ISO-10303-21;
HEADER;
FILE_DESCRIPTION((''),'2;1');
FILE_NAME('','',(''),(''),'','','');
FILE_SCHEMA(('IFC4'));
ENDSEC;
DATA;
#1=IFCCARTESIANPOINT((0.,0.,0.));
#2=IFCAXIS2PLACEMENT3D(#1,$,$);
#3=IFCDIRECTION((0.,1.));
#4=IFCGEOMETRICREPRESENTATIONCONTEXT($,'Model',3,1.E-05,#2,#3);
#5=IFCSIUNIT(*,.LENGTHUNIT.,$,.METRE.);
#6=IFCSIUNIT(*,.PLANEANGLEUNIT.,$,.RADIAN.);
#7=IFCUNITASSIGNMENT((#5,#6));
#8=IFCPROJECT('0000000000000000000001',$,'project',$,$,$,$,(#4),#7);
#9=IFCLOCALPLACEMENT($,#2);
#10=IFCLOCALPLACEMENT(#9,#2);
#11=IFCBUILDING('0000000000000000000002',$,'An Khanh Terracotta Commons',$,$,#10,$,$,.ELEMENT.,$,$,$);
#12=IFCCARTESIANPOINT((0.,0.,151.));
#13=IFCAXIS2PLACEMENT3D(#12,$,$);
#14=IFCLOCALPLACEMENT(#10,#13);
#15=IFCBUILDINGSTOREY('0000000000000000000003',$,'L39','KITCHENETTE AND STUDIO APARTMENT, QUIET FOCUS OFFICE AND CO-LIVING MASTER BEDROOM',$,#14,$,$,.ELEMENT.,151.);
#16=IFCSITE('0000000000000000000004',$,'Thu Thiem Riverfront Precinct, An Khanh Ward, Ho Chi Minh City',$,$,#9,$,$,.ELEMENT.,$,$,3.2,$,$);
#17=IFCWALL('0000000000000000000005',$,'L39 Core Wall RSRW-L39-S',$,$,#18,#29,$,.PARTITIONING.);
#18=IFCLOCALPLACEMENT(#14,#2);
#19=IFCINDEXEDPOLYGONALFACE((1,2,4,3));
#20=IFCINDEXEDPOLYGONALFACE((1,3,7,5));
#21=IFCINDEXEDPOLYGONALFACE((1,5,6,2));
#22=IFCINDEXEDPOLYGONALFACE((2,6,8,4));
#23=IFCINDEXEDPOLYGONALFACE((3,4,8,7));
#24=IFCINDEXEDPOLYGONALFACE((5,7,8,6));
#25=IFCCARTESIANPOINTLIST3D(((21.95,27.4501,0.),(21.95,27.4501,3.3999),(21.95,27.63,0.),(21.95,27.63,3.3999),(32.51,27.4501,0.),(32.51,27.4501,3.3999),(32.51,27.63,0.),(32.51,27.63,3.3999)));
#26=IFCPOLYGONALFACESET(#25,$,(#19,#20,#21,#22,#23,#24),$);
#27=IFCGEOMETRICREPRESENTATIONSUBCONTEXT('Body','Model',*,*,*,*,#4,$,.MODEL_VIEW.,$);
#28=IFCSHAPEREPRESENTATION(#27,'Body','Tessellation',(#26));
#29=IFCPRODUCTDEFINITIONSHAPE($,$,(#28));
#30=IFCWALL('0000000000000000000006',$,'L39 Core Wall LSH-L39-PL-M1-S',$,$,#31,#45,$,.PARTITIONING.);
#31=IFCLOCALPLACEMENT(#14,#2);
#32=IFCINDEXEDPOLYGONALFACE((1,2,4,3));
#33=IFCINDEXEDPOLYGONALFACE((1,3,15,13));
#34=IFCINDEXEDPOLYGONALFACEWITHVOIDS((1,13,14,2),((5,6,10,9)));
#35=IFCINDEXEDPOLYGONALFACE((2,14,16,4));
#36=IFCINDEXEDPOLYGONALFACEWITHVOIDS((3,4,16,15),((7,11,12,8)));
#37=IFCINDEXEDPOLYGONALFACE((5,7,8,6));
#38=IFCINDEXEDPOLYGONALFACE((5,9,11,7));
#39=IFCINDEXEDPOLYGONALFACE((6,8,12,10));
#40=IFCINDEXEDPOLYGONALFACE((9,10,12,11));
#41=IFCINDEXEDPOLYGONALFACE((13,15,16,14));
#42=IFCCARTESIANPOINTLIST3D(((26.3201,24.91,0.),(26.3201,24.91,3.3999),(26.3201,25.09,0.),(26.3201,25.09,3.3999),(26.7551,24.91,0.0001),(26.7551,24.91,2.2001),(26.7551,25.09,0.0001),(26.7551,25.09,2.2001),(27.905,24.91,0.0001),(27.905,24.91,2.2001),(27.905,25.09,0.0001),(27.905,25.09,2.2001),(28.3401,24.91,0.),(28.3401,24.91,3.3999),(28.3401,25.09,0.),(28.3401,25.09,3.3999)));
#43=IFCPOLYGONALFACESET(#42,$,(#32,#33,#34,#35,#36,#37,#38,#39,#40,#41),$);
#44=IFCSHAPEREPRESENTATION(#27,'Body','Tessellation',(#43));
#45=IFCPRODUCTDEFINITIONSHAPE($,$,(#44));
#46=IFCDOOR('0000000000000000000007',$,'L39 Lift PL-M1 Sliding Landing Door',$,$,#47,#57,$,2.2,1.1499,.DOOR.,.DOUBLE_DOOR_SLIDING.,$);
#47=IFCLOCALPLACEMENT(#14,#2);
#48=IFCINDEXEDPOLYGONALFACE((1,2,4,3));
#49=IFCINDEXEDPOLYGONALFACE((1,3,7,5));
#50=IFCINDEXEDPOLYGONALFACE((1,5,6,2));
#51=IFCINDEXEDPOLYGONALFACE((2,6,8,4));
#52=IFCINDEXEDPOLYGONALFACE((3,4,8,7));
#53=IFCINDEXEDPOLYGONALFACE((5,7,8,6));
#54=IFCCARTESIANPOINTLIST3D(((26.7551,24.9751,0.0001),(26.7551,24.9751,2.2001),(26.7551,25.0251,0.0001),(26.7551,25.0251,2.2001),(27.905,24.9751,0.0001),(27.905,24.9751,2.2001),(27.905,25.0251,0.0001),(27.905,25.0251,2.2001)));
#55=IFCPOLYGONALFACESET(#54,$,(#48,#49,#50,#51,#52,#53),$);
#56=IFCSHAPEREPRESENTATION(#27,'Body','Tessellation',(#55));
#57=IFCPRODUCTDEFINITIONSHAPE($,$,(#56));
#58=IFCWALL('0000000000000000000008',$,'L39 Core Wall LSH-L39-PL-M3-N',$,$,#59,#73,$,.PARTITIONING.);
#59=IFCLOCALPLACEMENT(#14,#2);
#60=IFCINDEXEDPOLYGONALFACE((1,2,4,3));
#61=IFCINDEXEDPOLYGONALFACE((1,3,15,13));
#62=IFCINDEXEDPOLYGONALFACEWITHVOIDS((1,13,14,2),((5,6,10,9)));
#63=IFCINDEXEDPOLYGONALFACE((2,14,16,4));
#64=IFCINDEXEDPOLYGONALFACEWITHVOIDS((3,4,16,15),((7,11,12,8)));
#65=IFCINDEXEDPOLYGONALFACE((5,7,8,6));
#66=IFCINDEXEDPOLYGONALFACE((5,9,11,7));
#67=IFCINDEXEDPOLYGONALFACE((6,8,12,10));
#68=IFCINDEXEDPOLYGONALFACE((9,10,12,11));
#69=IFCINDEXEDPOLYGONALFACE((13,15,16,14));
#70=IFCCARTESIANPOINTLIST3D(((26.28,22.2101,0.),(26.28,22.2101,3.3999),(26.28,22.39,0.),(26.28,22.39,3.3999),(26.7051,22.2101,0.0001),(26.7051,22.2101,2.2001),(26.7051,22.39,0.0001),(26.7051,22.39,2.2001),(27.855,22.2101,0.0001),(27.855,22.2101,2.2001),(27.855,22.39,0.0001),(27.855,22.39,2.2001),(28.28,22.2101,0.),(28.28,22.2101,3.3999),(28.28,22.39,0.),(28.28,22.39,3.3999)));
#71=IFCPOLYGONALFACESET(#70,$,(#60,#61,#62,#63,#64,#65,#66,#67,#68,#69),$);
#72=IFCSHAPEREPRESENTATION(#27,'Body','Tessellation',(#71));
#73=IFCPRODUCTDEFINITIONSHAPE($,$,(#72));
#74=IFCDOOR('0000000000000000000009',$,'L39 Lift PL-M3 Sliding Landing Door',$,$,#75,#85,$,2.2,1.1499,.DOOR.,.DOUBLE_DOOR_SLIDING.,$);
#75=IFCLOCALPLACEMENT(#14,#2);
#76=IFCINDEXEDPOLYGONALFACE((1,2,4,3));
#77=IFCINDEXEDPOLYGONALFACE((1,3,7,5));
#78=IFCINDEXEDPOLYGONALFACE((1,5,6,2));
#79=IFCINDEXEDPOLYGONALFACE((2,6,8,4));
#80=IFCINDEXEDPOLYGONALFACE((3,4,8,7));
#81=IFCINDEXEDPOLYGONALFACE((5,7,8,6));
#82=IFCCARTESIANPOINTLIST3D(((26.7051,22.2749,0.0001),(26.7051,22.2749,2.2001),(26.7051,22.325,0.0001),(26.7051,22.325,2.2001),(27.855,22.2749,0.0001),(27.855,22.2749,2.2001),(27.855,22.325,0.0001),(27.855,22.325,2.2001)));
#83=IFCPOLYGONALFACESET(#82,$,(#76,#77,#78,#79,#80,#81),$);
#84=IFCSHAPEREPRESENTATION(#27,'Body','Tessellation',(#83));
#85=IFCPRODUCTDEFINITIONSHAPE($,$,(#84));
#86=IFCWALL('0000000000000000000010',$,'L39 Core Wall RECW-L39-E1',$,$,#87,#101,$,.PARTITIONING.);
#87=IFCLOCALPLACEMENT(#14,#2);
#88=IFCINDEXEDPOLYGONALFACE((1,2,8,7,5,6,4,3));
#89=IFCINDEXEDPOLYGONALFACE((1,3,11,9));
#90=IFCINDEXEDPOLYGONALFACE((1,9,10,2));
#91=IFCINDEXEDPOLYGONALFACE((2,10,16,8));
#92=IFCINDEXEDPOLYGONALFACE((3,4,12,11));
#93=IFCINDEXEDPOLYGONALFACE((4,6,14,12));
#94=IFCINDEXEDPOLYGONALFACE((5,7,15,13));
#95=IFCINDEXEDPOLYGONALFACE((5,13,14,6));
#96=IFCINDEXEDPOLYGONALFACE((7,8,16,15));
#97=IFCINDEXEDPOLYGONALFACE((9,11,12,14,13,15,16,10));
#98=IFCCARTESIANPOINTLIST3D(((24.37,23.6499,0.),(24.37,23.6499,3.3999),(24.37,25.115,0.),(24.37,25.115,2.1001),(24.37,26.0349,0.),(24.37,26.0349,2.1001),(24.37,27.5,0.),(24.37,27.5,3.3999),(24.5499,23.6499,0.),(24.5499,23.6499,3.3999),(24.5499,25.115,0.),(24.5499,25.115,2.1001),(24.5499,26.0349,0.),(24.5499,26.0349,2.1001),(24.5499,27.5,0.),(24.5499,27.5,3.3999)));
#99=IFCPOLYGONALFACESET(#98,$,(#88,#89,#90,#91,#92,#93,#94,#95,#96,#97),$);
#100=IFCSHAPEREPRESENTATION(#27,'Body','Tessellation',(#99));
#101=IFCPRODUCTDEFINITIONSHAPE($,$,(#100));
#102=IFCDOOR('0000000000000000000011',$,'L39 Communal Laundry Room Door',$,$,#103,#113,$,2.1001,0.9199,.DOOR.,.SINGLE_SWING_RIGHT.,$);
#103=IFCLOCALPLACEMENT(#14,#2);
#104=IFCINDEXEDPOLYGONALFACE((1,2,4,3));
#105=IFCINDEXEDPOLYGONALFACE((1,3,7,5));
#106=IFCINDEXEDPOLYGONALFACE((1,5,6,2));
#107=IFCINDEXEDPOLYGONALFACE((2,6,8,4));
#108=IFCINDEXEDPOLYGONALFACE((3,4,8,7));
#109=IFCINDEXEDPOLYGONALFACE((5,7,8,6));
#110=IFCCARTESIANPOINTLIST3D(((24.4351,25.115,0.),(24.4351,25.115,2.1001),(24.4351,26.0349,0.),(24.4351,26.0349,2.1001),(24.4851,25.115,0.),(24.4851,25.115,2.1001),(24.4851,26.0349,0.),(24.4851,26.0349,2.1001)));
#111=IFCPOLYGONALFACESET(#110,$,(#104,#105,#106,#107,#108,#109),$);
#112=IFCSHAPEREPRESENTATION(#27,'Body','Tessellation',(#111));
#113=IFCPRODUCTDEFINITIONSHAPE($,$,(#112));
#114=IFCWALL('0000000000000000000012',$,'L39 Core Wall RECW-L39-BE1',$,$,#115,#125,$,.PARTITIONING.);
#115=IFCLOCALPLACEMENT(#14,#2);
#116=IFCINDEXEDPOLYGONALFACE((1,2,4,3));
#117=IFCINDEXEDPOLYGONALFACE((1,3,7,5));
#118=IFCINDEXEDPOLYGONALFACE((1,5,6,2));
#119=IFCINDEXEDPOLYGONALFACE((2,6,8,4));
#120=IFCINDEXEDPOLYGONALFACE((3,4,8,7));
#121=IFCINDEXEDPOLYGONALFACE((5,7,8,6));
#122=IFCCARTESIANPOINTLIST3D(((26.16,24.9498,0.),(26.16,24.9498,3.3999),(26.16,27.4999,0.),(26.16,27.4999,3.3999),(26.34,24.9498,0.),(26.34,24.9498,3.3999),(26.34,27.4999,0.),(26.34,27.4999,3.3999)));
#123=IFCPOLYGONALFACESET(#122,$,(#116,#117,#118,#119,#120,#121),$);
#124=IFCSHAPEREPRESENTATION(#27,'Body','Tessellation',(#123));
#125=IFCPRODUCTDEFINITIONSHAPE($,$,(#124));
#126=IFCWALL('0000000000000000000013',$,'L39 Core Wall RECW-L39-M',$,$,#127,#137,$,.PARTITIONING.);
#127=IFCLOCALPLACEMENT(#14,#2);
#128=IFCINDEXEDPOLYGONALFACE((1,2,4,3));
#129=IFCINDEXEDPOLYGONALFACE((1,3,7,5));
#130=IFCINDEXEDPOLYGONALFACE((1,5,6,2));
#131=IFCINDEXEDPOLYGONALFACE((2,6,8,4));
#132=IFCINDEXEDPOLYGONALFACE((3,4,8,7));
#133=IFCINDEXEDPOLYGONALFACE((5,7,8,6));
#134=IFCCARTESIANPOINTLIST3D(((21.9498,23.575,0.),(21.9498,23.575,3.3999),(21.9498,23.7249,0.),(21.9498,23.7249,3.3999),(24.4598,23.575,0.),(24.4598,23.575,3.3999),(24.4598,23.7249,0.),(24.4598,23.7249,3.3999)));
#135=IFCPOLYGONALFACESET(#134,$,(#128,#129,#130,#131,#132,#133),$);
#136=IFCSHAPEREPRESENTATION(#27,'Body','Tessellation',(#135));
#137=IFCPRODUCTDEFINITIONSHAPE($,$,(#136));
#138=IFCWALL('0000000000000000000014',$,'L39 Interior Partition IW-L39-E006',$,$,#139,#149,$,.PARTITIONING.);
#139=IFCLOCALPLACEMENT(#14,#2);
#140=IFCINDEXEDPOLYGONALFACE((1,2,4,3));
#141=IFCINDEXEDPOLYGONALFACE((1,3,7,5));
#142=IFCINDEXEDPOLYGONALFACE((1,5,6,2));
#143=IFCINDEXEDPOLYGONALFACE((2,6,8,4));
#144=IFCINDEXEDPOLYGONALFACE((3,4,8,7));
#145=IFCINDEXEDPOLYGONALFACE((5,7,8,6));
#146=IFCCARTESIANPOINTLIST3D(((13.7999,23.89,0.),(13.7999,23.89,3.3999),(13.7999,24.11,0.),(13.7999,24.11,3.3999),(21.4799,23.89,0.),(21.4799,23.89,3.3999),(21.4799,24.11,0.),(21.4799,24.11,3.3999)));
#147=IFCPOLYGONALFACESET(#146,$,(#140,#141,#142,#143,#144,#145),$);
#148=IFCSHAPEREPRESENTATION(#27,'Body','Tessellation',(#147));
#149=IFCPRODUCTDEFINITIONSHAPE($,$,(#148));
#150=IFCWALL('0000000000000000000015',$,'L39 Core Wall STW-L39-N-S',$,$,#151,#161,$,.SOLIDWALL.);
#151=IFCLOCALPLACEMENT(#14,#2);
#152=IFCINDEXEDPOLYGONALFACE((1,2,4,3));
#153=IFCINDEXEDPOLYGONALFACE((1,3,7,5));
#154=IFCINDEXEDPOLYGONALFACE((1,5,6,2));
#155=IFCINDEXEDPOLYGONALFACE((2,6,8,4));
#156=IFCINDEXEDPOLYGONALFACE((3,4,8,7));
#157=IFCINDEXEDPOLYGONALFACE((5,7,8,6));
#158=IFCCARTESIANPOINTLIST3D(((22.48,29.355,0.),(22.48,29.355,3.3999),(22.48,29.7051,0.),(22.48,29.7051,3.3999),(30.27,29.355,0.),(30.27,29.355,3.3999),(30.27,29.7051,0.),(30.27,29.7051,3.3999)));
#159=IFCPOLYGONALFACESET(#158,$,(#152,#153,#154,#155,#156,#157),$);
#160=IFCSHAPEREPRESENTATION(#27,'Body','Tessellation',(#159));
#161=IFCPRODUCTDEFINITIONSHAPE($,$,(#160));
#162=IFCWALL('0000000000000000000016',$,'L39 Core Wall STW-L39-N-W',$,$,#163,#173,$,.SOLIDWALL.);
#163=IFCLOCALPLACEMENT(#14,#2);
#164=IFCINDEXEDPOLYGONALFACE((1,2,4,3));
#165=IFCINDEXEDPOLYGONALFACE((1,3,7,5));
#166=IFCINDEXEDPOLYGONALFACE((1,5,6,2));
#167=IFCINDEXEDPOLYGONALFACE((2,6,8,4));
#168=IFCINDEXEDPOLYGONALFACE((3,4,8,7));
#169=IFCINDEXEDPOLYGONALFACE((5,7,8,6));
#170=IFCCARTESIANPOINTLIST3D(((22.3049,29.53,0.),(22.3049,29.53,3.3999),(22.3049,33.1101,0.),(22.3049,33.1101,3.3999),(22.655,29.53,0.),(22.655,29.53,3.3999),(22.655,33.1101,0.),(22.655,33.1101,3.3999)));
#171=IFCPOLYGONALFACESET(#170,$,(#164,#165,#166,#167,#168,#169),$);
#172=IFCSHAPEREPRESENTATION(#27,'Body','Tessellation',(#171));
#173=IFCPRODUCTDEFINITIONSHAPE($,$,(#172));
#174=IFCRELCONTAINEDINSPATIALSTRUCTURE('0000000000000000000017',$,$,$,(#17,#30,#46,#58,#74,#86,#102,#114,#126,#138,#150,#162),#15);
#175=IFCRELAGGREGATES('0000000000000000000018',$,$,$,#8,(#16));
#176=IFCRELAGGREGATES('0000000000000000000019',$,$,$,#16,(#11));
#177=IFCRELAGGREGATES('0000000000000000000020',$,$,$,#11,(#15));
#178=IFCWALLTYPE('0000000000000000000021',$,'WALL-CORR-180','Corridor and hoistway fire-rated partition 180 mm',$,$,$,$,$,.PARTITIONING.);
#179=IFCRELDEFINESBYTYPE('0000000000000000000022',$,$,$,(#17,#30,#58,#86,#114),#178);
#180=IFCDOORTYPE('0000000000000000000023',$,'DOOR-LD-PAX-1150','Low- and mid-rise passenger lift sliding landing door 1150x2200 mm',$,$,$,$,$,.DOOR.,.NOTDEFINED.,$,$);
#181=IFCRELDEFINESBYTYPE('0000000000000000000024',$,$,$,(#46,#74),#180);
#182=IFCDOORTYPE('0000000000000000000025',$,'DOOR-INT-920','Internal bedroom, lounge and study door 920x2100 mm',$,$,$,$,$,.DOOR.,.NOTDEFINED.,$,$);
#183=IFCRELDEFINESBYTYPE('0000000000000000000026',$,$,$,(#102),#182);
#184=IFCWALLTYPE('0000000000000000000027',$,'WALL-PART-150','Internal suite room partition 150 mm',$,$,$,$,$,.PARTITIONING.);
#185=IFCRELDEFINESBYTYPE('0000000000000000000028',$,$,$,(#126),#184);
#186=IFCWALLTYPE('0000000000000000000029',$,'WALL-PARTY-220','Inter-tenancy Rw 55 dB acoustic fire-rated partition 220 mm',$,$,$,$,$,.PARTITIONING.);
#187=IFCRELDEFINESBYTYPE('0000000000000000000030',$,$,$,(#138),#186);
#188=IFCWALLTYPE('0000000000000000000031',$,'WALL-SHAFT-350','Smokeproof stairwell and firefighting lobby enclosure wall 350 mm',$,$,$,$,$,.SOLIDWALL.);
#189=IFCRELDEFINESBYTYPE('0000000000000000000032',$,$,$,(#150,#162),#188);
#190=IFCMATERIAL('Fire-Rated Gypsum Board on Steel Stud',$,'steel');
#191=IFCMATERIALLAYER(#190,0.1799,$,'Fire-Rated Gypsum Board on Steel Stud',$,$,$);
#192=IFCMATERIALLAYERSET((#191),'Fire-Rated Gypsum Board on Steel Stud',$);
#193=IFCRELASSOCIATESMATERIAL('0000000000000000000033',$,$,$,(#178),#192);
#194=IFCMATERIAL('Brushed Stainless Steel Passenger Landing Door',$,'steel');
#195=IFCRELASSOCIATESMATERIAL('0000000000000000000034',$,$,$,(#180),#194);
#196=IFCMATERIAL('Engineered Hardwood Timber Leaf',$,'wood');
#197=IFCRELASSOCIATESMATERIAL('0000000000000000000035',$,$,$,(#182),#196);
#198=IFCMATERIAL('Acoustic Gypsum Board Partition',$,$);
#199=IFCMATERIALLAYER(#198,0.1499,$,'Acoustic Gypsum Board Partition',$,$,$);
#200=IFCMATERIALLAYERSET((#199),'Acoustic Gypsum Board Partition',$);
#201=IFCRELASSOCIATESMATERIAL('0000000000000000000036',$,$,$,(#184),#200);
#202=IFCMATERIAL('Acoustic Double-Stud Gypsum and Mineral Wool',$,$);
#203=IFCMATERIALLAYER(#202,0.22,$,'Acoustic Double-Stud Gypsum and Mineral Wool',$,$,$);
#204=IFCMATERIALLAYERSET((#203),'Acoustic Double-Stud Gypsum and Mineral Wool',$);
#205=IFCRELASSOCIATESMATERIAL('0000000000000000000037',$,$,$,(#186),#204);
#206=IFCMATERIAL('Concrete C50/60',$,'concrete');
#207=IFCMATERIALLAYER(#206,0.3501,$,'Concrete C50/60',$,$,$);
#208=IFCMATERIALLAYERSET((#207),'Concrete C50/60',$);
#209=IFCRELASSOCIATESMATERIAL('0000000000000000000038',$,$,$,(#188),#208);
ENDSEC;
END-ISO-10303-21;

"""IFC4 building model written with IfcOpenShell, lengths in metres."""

from ifc_helpers import new_model, si_unit, direction, frame, frame_2d, origin, place, context, subcontext, project, spatial, rectangle, extrude, material, layer, layer_set, type_object, element, fill, save


model = new_model("IFC4")

# Units and contexts
model_context = context("Model", 3, precision=1e-05, world=origin(), true_north=direction((0.0, 1.0)))
body_context = subcontext(model_context, "Body", "Model", "MODEL_VIEW")
ifc_project = project(units=[si_unit("LENGTHUNIT", "METRE"), si_unit("PLANEANGLEUNIT", "RADIAN")], contexts=[model_context])

# Site, building, storey
site_placement = place(None, origin())
site = spatial("IfcSite", under=ifc_project, at=site_placement, Name="Thu Thiem Riverfront Precinct, An Khanh Ward, Ho Chi Minh City", CompositionType="ELEMENT", RefElevation=3.2)
building_placement = place(site_placement, origin())
building = spatial("IfcBuilding", under=site, at=building_placement, Name="An Khanh Terracotta Commons", CompositionType="ELEMENT")
storey_placement = place(building_placement, frame((0.0, 0.0, 151.0)))
storey = spatial("IfcBuildingStorey", under=building, at=storey_placement, Name="L39", Description="KITCHENETTE AND STUDIO APARTMENT, QUIET FOCUS OFFICE AND CO-LIVING MASTER BEDROOM", CompositionType="ELEMENT", Elevation=151.0)

# Wall
ifc_material_1 = material(Name="Fire-Rated Gypsum Board on Steel Stud", Category="steel")
ifc_layer_1 = layer(ifc_material_1, 0.1799, Name="Fire-Rated Gypsum Board on Steel Stud")
ifc_layer_set_1 = layer_set([ifc_layer_1], Name="Fire-Rated Gypsum Board on Steel Stud")
wall_type_1 = type_object("IfcWallType", Name="WALL-CORR-180", Description="Corridor and hoistway fire-rated partition 180 mm", PredefinedType="PARTITIONING", material=ifc_layer_set_1)
wall_1_placement = place(storey_placement, frame((21.95, 27.54, 0.0), z_axis=(0.0, 0.0, 1.0), x_axis=(1.0, 0.0, 0.0)))
element("IfcWall", 1, at=wall_1_placement, inside=storey, type_object=wall_type_1, Name="L39 Core Wall RSRW-L39-S", PredefinedType="PARTITIONING", context=body_context, shape_type="SweptSolid", body=[
    extrude(rectangle(XDim=10.5601, YDim=0.1799, at=frame_2d((5.28, 0.0))), origin(), (0.0, 0.0, 1.0), 3.3999),
])

# Walls, openings, doors
wall_2_placement = place(storey_placement, frame((28.3401, 25.0, 0.0), z_axis=(0.0, 0.0, 1.0), x_axis=(-1.0, 0.0, 0.0)))
wall_2 = element("IfcWall", 2, at=wall_2_placement, inside=storey, type_object=wall_type_1, Name="L39 Core Wall LSH-L39-PL-M1-S", PredefinedType="PARTITIONING", context=body_context, shape_type="SweptSolid", body=[
    extrude(rectangle(XDim=2.02, YDim=0.1799, at=frame_2d((1.01, 0.0))), origin(), (0.0, 0.0, 1.0), 3.3999),
])
opening_1_placement = place(wall_2_placement, frame((0.4351, 0.0, 0.0)))
opening_1 = element("IfcOpeningElement", 3, at=opening_1_placement, cuts=wall_2, PredefinedType="OPENING", context=body_context, shape_type="SweptSolid", body=[
    extrude(rectangle(XDim=1.1499, YDim=2.2, at=frame_2d((0.575, 1.1001))), frame((0.0, 0.0999, 0.0), z_axis=(0.0, -1.0, 0.0), x_axis=(1.0, 0.0, 0.0)), (0.0, 0.0, 1.0), 0.2),
])
ifc_material_2 = material(Name="Brushed Stainless Steel Passenger Landing Door", Category="steel")
door_type_1 = type_object("IfcDoorType", Name="DOOR-LD-PAX-1150", Description="Low- and mid-rise passenger lift sliding landing door 1150x2200 mm", OperationType="NOTDEFINED", PredefinedType="DOOR", material=ifc_material_2)
door_1_placement = place(opening_1_placement, origin())
door_1 = element("IfcDoor", 4, at=door_1_placement, inside=storey, type_object=door_type_1, Name="L39 Lift PL-M1 Sliding Landing Door", OperationType="DOUBLE_DOOR_SLIDING", OverallHeight=2.2, OverallWidth=1.1499, PredefinedType="DOOR", context=body_context, shape_type="SweptSolid", body=[
    extrude(rectangle(XDim=1.1499, YDim=2.2, at=frame_2d((0.575, 1.1001))), frame((0.0, 0.0249, 0.0), z_axis=(0.0, -1.0, 0.0), x_axis=(1.0, 0.0, 0.0)), (0.0, 0.0, 1.0), 0.05),
])
fill(opening_1, door_1)
wall_3_placement = place(storey_placement, frame((26.28, 22.3, 0.0), z_axis=(0.0, 0.0, 1.0), x_axis=(1.0, 0.0, 0.0)))
wall_3 = element("IfcWall", 5, at=wall_3_placement, inside=storey, type_object=wall_type_1, Name="L39 Core Wall LSH-L39-PL-M3-N", PredefinedType="PARTITIONING", context=body_context, shape_type="SweptSolid", body=[
    extrude(rectangle(XDim=2.0, YDim=0.1799, at=frame_2d((1.0, 0.0))), origin(), (0.0, 0.0, 1.0), 3.3999),
])
opening_2_placement = place(wall_3_placement, frame((0.425, 0.0, 0.0)))
opening_2 = element("IfcOpeningElement", 6, at=opening_2_placement, cuts=wall_3, PredefinedType="OPENING", context=body_context, shape_type="SweptSolid", body=[
    extrude(rectangle(XDim=1.1499, YDim=2.2, at=frame_2d((0.575, 1.1001))), frame((0.0, 0.0999, 0.0), z_axis=(0.0, -1.0, 0.0), x_axis=(1.0, 0.0, 0.0)), (0.0, 0.0, 1.0), 0.2),
])
door_2_placement = place(opening_2_placement, origin())
door_2 = element("IfcDoor", 7, at=door_2_placement, inside=storey, type_object=door_type_1, Name="L39 Lift PL-M3 Sliding Landing Door", OperationType="DOUBLE_DOOR_SLIDING", OverallHeight=2.2, OverallWidth=1.1499, PredefinedType="DOOR", context=body_context, shape_type="SweptSolid", body=[
    extrude(rectangle(XDim=1.1499, YDim=2.2, at=frame_2d((0.575, 1.1001))), frame((0.0, 0.0249, 0.0), z_axis=(0.0, -1.0, 0.0), x_axis=(1.0, 0.0, 0.0)), (0.0, 0.0, 1.0), 0.05),
])
fill(opening_2, door_2)
wall_4_placement = place(storey_placement, frame((24.46, 23.6499, 0.0), z_axis=(0.0, 0.0, 1.0), x_axis=(0.0, 1.0, 0.0)))
wall_4 = element("IfcWall", 8, at=wall_4_placement, inside=storey, type_object=wall_type_1, Name="L39 Core Wall RECW-L39-E1", PredefinedType="PARTITIONING", context=body_context, shape_type="SweptSolid", body=[
    extrude(rectangle(XDim=3.8501, YDim=0.1799, at=frame_2d((1.925, 0.0))), origin(), (0.0, 0.0, 1.0), 3.3999),
])
opening_3_placement = place(wall_4_placement, frame((1.4651, 0.0, 0.0)))
opening_3 = element("IfcOpeningElement", 9, at=opening_3_placement, cuts=wall_4, PredefinedType="OPENING", context=body_context, shape_type="SweptSolid", body=[
    extrude(rectangle(XDim=0.9199, YDim=2.1001, at=frame_2d((0.46, 1.05))), frame((0.0, 0.0999, 0.0), z_axis=(0.0, -1.0, 0.0), x_axis=(1.0, 0.0, 0.0)), (0.0, 0.0, 1.0), 0.2),
])
ifc_material_3 = material(Name="Engineered Hardwood Timber Leaf", Category="wood")
door_type_2 = type_object("IfcDoorType", Name="DOOR-INT-920", Description="Internal bedroom, lounge and study door 920x2100 mm", OperationType="NOTDEFINED", PredefinedType="DOOR", material=ifc_material_3)
door_3_placement = place(opening_3_placement, origin())
door_3 = element("IfcDoor", 10, at=door_3_placement, inside=storey, type_object=door_type_2, Name="L39 Communal Laundry Room Door", OperationType="SINGLE_SWING_RIGHT", OverallHeight=2.1001, OverallWidth=0.9199, PredefinedType="DOOR", context=body_context, shape_type="SweptSolid", body=[
    extrude(rectangle(XDim=0.9199, YDim=2.1001, at=frame_2d((0.46, 1.05))), frame((0.0, 0.0249, 0.0), z_axis=(0.0, -1.0, 0.0), x_axis=(1.0, 0.0, 0.0)), (0.0, 0.0, 1.0), 0.05),
])
fill(opening_3, door_3)

# Walls
wall_5_placement = place(storey_placement, frame((26.25, 24.95, 0.0), z_axis=(0.0, 0.0, 1.0), x_axis=(0.0, 1.0, 0.0)))
element("IfcWall", 11, at=wall_5_placement, inside=storey, type_object=wall_type_1, Name="L39 Core Wall RECW-L39-BE1", PredefinedType="PARTITIONING", context=body_context, shape_type="SweptSolid", body=[
    extrude(rectangle(XDim=2.55, YDim=0.1799, at=frame_2d((1.2749, 0.0))), origin(), (0.0, 0.0, 1.0), 3.3999),
])
ifc_material_4 = material(Name="Acoustic Gypsum Board Partition")
ifc_layer_2 = layer(ifc_material_4, 0.1499, Name="Acoustic Gypsum Board Partition")
ifc_layer_set_2 = layer_set([ifc_layer_2], Name="Acoustic Gypsum Board Partition")
wall_type_2 = type_object("IfcWallType", Name="WALL-PART-150", Description="Internal suite room partition 150 mm", PredefinedType="PARTITIONING", material=ifc_layer_set_2)
wall_6_placement = place(storey_placement, frame((21.95, 23.6499, 0.0), z_axis=(0.0, 0.0, 1.0), x_axis=(1.0, 0.0, 0.0)))
element("IfcWall", 12, at=wall_6_placement, inside=storey, type_object=wall_type_2, Name="L39 Core Wall RECW-L39-M", PredefinedType="PARTITIONING", context=body_context, shape_type="SweptSolid", body=[
    extrude(rectangle(XDim=2.51, YDim=0.1499, at=frame_2d((1.2549, 0.0))), origin(), (0.0, 0.0, 1.0), 3.3999),
])
ifc_material_5 = material(Name="Acoustic Double-Stud Gypsum and Mineral Wool")
ifc_layer_3 = layer(ifc_material_5, 0.22, Name="Acoustic Double-Stud Gypsum and Mineral Wool")
ifc_layer_set_3 = layer_set([ifc_layer_3], Name="Acoustic Double-Stud Gypsum and Mineral Wool")
wall_type_3 = type_object("IfcWallType", Name="WALL-PARTY-220", Description="Inter-tenancy Rw 55 dB acoustic fire-rated partition 220 mm", PredefinedType="PARTITIONING", material=ifc_layer_set_3)
wall_7_placement = place(storey_placement, frame((13.8, 24.0, 0.0), z_axis=(0.0, 0.0, 1.0), x_axis=(1.0, 0.0, 0.0)))
element("IfcWall", 13, at=wall_7_placement, inside=storey, type_object=wall_type_3, Name="L39 Interior Partition IW-L39-E006", PredefinedType="PARTITIONING", context=body_context, shape_type="SweptSolid", body=[
    extrude(rectangle(XDim=7.6799, YDim=0.22, at=frame_2d((3.8398, 0.0))), origin(), (0.0, 0.0, 1.0), 3.3999),
])
ifc_material_6 = material(Name="Concrete C50/60", Category="concrete")
ifc_layer_4 = layer(ifc_material_6, 0.3501, Name="Concrete C50/60")
ifc_layer_set_4 = layer_set([ifc_layer_4], Name="Concrete C50/60")
wall_type_4 = type_object("IfcWallType", Name="WALL-SHAFT-350", Description="Smokeproof stairwell and firefighting lobby enclosure wall 350 mm", PredefinedType="SOLIDWALL", material=ifc_layer_set_4)
wall_8_placement = place(storey_placement, frame((22.48, 29.53, 0.0), z_axis=(0.0, 0.0, 1.0), x_axis=(1.0, 0.0, 0.0)))
element("IfcWall", 14, at=wall_8_placement, inside=storey, type_object=wall_type_4, Name="L39 Core Wall STW-L39-N-S", PredefinedType="SOLIDWALL", context=body_context, shape_type="SweptSolid", body=[
    extrude(rectangle(XDim=7.79, YDim=0.3501, at=frame_2d((3.895, 0.0))), origin(), (0.0, 0.0, 1.0), 3.3999),
])
wall_9_placement = place(storey_placement, frame((22.48, 29.53, 0.0), z_axis=(0.0, 0.0, 1.0), x_axis=(0.0, 1.0, 0.0)))
element("IfcWall", 15, at=wall_9_placement, inside=storey, type_object=wall_type_4, Name="L39 Core Wall STW-L39-N-W", PredefinedType="SOLIDWALL", context=body_context, shape_type="SweptSolid", body=[
    extrude(rectangle(XDim=3.5801, YDim=0.3501, at=frame_2d((1.79, 0.0))), origin(), (0.0, 0.0, 1.0), 3.3999),
])

save(model, "model.ifc")
